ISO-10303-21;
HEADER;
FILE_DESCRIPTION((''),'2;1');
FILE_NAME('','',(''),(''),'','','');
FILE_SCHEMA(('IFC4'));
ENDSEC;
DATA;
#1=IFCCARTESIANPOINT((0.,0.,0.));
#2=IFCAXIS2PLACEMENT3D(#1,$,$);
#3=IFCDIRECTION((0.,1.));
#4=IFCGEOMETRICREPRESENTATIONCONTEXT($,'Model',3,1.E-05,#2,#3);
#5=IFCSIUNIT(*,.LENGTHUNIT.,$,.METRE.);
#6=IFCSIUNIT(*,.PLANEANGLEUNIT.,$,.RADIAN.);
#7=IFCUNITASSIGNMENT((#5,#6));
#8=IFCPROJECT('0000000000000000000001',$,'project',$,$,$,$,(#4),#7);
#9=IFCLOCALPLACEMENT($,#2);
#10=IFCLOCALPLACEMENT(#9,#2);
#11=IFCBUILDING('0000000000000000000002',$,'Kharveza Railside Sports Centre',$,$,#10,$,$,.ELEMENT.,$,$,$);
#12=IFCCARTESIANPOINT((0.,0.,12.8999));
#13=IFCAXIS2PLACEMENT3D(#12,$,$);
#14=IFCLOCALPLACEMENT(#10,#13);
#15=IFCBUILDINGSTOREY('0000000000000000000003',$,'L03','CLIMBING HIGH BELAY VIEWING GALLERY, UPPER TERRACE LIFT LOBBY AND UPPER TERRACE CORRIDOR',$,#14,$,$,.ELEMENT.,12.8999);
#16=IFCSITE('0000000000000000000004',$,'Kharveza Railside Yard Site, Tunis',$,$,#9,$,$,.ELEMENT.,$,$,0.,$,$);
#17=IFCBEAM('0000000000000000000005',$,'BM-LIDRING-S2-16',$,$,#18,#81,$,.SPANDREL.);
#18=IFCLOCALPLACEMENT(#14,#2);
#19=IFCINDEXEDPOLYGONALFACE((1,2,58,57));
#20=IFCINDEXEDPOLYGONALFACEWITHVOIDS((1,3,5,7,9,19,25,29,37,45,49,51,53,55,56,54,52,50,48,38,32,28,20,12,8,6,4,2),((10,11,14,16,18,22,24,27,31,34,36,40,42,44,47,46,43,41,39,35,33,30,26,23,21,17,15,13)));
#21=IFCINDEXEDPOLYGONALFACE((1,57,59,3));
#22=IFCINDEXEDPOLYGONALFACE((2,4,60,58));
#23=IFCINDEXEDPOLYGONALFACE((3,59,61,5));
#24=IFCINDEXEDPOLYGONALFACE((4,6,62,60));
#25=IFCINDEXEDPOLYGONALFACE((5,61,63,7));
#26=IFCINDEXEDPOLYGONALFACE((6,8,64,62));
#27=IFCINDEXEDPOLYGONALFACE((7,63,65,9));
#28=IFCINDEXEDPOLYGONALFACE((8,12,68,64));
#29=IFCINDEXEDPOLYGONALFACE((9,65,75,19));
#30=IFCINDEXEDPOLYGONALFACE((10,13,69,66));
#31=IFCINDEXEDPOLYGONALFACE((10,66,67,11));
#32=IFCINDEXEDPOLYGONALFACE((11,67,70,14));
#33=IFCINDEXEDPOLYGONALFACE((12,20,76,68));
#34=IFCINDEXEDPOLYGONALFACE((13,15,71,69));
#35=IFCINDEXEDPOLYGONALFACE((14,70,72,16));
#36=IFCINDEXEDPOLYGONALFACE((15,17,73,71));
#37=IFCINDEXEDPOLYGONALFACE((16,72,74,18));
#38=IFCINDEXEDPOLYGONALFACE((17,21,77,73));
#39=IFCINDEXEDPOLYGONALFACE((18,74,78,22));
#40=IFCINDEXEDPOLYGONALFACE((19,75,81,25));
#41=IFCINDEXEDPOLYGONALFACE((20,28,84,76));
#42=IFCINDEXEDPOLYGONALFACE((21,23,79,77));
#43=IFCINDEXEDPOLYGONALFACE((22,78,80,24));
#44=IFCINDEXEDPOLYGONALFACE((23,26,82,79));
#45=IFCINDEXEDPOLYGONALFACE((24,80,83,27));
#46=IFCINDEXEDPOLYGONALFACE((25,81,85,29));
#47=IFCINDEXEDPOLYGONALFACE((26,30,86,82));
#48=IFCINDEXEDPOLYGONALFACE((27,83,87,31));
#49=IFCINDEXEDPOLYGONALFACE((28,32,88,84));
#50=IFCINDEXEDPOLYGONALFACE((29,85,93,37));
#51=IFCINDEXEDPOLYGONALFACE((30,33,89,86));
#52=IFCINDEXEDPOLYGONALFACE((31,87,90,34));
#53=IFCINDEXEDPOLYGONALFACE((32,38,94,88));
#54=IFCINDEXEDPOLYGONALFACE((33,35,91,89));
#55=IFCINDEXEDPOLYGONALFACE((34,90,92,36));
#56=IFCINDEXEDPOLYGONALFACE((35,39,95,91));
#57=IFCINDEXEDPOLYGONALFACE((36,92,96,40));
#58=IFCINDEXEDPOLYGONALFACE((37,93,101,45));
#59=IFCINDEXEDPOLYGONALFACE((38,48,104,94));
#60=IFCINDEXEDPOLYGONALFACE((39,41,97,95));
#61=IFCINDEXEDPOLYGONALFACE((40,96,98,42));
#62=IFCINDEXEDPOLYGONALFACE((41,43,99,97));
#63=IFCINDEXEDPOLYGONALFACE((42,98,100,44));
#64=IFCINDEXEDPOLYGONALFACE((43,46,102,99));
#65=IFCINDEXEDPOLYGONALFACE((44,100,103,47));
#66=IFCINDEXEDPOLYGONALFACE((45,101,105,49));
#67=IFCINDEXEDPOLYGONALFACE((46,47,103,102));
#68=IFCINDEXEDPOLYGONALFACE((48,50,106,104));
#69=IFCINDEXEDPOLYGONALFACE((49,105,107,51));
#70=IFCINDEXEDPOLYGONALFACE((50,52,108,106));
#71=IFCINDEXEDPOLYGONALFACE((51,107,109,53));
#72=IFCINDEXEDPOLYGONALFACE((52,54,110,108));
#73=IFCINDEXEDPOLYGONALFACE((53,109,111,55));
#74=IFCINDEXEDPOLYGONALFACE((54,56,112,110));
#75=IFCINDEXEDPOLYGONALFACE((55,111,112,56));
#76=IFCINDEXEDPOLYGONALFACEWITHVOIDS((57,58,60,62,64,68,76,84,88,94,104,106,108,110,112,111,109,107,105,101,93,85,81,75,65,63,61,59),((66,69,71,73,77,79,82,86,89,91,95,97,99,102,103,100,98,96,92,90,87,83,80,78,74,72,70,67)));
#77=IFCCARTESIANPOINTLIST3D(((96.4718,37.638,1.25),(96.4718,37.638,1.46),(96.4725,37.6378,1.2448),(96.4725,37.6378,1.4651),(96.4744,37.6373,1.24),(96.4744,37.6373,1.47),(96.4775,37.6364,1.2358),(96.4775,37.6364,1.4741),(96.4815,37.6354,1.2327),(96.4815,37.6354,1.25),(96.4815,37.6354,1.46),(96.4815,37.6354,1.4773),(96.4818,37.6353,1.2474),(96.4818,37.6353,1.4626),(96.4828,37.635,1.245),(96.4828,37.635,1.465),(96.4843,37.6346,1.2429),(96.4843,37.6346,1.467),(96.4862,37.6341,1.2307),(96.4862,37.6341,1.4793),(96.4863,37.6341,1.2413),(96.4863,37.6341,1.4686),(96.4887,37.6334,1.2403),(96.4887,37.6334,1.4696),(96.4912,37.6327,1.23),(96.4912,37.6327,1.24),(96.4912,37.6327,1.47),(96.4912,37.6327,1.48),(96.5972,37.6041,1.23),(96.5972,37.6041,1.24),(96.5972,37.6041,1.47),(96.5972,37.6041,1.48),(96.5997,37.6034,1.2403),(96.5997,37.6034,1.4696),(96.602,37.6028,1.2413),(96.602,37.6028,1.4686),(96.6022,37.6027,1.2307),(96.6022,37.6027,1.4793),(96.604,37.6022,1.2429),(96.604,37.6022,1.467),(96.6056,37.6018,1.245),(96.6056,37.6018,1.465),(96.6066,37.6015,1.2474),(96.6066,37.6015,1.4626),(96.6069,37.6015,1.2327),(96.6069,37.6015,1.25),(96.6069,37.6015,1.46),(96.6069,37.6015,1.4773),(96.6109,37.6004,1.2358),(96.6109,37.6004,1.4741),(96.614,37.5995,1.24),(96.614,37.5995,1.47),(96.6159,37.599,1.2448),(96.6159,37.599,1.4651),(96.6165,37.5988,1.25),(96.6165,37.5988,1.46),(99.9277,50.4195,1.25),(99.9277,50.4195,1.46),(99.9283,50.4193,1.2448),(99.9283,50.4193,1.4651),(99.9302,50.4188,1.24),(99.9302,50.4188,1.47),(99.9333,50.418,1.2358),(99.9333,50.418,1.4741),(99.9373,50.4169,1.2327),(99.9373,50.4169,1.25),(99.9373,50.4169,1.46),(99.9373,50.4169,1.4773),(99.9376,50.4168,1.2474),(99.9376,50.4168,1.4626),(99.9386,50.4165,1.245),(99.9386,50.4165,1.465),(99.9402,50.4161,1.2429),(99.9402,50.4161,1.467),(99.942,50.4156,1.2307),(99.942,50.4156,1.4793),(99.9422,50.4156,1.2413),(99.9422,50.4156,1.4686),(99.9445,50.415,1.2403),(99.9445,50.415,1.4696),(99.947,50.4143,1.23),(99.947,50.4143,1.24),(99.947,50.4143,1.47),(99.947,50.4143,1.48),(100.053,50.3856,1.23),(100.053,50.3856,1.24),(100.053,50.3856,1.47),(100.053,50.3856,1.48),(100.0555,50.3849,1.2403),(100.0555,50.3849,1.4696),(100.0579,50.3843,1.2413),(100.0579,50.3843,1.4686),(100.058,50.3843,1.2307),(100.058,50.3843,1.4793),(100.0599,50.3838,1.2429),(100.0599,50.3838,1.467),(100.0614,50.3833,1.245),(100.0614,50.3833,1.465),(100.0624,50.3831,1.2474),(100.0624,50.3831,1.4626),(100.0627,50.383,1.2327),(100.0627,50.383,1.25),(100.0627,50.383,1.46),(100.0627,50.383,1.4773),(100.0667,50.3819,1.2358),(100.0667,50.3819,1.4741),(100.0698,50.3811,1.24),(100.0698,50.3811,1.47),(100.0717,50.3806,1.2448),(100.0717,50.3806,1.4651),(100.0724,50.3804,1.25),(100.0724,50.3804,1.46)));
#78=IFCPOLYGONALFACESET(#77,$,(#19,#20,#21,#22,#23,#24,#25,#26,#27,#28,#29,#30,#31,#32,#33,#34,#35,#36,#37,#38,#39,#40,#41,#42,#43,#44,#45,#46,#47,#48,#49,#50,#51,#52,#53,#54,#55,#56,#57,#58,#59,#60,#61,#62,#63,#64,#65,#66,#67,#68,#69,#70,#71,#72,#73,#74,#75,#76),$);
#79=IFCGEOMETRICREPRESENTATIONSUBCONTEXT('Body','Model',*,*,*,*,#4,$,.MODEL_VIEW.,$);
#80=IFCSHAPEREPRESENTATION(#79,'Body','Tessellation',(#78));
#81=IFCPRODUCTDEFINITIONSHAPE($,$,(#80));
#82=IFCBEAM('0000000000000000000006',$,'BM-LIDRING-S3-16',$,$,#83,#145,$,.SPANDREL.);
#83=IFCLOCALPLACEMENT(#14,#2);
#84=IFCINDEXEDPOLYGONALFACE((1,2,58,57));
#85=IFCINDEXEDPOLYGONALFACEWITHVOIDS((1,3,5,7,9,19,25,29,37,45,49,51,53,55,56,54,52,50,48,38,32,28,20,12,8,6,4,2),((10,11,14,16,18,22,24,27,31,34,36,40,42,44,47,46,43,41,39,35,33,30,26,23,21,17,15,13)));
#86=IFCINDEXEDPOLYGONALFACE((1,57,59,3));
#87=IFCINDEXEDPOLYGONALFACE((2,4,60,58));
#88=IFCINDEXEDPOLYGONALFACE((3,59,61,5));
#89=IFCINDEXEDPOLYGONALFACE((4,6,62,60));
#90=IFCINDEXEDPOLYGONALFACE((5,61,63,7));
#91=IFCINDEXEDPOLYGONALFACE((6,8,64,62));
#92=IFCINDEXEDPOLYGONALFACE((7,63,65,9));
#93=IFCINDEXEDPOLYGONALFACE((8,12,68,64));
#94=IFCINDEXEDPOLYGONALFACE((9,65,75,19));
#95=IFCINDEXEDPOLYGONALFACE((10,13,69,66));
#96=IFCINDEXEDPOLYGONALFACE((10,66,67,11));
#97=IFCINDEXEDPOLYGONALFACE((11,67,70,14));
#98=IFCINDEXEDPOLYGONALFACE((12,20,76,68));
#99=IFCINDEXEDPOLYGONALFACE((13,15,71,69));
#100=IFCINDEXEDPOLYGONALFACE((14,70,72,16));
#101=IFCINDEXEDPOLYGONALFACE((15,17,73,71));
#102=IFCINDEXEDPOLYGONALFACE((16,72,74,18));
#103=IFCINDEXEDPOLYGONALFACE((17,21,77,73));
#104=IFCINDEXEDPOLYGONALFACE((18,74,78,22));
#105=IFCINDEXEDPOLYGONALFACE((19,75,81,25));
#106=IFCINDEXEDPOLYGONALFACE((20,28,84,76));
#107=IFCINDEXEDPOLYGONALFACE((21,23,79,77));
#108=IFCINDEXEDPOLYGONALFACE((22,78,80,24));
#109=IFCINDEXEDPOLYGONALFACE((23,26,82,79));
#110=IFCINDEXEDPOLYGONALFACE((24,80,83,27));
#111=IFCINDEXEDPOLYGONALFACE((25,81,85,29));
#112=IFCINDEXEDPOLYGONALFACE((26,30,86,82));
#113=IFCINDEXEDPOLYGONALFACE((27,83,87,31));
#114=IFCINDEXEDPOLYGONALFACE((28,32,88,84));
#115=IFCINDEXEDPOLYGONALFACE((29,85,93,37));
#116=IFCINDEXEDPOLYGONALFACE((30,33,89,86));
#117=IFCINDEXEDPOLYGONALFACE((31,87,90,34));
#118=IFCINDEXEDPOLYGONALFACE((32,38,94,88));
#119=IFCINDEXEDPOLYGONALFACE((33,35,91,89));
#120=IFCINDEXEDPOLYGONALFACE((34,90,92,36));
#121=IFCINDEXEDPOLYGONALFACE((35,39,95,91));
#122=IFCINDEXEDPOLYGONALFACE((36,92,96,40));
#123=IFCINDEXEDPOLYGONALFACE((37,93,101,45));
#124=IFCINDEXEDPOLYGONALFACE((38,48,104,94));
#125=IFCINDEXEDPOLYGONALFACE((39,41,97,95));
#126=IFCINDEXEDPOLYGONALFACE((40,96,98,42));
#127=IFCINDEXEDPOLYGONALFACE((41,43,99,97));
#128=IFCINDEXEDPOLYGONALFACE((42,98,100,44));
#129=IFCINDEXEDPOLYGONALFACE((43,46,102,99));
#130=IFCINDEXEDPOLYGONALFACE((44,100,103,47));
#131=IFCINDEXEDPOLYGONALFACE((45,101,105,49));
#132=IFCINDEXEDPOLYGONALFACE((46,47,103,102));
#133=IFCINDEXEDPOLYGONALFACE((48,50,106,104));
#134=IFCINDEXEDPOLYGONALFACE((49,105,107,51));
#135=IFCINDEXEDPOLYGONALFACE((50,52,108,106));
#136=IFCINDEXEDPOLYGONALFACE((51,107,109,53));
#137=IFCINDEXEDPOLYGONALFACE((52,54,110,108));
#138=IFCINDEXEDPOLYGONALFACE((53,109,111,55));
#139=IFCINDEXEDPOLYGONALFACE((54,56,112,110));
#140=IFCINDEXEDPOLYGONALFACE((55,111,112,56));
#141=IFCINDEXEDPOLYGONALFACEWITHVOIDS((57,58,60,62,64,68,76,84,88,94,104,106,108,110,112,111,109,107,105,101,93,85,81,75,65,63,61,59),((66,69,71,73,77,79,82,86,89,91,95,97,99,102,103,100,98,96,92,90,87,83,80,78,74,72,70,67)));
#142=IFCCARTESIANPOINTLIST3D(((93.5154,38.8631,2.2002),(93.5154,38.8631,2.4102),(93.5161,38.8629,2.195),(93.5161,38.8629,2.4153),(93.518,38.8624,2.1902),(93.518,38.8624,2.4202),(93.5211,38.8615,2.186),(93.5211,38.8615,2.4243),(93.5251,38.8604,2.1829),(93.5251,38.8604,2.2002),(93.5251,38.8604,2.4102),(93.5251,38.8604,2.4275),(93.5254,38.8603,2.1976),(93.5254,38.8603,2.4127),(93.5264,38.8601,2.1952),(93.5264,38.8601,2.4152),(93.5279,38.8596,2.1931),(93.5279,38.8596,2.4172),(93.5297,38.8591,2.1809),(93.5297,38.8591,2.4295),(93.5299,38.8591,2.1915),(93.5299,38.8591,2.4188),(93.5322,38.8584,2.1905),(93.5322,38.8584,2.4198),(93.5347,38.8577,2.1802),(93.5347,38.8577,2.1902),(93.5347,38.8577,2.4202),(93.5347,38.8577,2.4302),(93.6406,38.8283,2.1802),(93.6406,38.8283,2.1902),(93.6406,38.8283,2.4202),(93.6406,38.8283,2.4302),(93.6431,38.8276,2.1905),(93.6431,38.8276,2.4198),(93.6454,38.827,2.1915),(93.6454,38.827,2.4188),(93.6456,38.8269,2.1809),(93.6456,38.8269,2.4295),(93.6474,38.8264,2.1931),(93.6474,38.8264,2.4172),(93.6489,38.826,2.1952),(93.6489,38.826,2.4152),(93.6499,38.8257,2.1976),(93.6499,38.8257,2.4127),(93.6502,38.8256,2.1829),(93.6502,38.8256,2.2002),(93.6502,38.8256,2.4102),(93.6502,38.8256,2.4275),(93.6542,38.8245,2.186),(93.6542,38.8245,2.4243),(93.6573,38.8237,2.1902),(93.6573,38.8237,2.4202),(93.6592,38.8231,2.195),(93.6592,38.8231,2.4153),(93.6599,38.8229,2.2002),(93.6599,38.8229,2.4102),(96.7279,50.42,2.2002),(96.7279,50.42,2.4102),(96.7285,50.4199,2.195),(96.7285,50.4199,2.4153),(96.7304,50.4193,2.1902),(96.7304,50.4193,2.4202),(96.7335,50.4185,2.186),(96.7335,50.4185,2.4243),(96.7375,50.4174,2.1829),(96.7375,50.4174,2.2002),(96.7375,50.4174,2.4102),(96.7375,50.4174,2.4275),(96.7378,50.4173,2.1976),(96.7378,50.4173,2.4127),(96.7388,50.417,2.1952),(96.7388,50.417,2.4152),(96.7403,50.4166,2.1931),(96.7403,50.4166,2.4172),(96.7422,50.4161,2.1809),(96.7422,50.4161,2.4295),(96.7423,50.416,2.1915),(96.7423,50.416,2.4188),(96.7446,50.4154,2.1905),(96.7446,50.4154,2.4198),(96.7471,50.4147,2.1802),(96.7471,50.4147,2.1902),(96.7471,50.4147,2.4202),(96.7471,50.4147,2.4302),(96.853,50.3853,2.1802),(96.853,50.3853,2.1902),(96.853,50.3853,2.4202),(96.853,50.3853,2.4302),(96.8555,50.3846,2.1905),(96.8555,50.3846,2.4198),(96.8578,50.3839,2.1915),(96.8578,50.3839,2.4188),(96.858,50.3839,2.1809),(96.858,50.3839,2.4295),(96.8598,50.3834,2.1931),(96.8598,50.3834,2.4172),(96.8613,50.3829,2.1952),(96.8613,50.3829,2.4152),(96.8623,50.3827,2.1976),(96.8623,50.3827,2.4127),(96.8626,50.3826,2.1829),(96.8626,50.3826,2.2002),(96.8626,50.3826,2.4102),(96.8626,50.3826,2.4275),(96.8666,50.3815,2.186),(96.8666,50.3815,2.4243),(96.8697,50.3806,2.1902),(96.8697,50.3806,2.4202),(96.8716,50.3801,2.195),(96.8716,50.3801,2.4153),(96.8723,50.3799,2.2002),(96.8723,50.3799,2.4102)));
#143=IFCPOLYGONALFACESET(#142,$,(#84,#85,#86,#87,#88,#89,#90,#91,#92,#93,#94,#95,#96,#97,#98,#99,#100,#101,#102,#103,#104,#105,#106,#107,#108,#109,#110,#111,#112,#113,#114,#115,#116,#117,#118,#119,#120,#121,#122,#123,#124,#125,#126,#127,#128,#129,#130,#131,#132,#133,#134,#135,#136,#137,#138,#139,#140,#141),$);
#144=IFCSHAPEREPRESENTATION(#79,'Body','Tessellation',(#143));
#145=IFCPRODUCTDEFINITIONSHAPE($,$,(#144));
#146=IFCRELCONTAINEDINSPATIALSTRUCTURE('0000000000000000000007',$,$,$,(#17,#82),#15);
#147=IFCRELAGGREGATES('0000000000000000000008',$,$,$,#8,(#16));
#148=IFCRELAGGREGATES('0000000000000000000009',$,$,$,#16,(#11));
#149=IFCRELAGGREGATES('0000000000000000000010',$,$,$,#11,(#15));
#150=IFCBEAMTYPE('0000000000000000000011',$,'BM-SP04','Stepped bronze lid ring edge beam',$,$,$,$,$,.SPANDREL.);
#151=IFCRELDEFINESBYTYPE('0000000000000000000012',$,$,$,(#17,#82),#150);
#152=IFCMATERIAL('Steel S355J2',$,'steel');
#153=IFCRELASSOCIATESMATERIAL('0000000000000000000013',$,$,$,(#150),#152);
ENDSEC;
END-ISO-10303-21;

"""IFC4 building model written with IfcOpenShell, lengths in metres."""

from ifc_helpers import new_model, si_unit, direction, frame, origin, origin_2d, place, context, subcontext, project, spatial, hollow_rectangle, extrude, material, material_profile, profile_set, type_object, element, save


model = new_model("IFC4")

# Units and contexts
model_context = context("Model", 3, precision=1e-05, world=origin(), true_north=direction((0.0, 1.0)))
body_context = subcontext(model_context, "Body", "Model", "MODEL_VIEW")
ifc_project = project(units=[si_unit("LENGTHUNIT", "METRE"), si_unit("PLANEANGLEUNIT", "RADIAN")], contexts=[model_context])

# Site, building, storey
site_placement = place(None, origin())
site = spatial("IfcSite", under=ifc_project, at=site_placement, Name="Kharveza Railside Yard Site, Tunis", CompositionType="ELEMENT", RefElevation=0.0)
building_placement = place(site_placement, origin())
building = spatial("IfcBuilding", under=site, at=building_placement, Name="Kharveza Railside Sports Centre", CompositionType="ELEMENT")
storey_placement = place(building_placement, frame((0.0, 0.0, 12.8999)))
storey = spatial("IfcBuildingStorey", under=building, at=storey_placement, Name="L03", Description="CLIMBING HIGH BELAY VIEWING GALLERY, UPPER TERRACE LIFT LOBBY AND UPPER TERRACE CORRIDOR", CompositionType="ELEMENT", Elevation=12.8999)

# Beams
ifc_material_1 = material(Name="Steel S355J2", Category="steel")
ifc_material_profile_1 = material_profile(ifc_material_1, hollow_rectangle(XDim=0.1499, YDim=0.25, WallThickness=0.01, InnerFilletRadius=0.01, OuterFilletRadius=0.02, at=origin_2d()), Name="RHS 150x250x10.0")
ifc_profile_set_1 = profile_set([ifc_material_profile_1], Name="Steel S355J2")
beam_type = type_object("IfcBeamType", Name="BM-SP04", Description="Stepped bronze lid ring edge beam", PredefinedType="SPANDREL", material=ifc_profile_set_1)
beam_1_placement = place(storey_placement, frame((96.5442, 37.6184, 1.355), z_axis=(0.261004, 0.965338, 0.0), x_axis=(-0.965338, 0.261004, 0.0)))
element("IfcBeam", 1, at=beam_1_placement, inside=storey, type_object=beam_type, Name="BM-LIDRING-S2-16", PredefinedType="SPANDREL", context=body_context, shape_type="SweptSolid", body=[
    extrude(hollow_rectangle(XDim=0.1499, YDim=0.25, WallThickness=0.01, InnerFilletRadius=0.01, OuterFilletRadius=0.02, at=origin_2d()), origin(), (0.0, 0.0, 1.0), 13.2405),
])
beam_2_placement = place(storey_placement, frame((93.5876, 38.843, 2.3052), z_axis=(0.267811, 0.963472, 0.0), x_axis=(-0.963472, 0.267811, 0.0)))
element("IfcBeam", 2, at=beam_2_placement, inside=storey, type_object=beam_type, Name="BM-LIDRING-S3-16", PredefinedType="SPANDREL", context=body_context, shape_type="SweptSolid", body=[
    extrude(hollow_rectangle(XDim=0.1499, YDim=0.25, WallThickness=0.01, InnerFilletRadius=0.01, OuterFilletRadius=0.02, at=origin_2d()), origin(), (0.0, 0.0, 1.0), 11.9951),
])

save(model, "model.ifc")
